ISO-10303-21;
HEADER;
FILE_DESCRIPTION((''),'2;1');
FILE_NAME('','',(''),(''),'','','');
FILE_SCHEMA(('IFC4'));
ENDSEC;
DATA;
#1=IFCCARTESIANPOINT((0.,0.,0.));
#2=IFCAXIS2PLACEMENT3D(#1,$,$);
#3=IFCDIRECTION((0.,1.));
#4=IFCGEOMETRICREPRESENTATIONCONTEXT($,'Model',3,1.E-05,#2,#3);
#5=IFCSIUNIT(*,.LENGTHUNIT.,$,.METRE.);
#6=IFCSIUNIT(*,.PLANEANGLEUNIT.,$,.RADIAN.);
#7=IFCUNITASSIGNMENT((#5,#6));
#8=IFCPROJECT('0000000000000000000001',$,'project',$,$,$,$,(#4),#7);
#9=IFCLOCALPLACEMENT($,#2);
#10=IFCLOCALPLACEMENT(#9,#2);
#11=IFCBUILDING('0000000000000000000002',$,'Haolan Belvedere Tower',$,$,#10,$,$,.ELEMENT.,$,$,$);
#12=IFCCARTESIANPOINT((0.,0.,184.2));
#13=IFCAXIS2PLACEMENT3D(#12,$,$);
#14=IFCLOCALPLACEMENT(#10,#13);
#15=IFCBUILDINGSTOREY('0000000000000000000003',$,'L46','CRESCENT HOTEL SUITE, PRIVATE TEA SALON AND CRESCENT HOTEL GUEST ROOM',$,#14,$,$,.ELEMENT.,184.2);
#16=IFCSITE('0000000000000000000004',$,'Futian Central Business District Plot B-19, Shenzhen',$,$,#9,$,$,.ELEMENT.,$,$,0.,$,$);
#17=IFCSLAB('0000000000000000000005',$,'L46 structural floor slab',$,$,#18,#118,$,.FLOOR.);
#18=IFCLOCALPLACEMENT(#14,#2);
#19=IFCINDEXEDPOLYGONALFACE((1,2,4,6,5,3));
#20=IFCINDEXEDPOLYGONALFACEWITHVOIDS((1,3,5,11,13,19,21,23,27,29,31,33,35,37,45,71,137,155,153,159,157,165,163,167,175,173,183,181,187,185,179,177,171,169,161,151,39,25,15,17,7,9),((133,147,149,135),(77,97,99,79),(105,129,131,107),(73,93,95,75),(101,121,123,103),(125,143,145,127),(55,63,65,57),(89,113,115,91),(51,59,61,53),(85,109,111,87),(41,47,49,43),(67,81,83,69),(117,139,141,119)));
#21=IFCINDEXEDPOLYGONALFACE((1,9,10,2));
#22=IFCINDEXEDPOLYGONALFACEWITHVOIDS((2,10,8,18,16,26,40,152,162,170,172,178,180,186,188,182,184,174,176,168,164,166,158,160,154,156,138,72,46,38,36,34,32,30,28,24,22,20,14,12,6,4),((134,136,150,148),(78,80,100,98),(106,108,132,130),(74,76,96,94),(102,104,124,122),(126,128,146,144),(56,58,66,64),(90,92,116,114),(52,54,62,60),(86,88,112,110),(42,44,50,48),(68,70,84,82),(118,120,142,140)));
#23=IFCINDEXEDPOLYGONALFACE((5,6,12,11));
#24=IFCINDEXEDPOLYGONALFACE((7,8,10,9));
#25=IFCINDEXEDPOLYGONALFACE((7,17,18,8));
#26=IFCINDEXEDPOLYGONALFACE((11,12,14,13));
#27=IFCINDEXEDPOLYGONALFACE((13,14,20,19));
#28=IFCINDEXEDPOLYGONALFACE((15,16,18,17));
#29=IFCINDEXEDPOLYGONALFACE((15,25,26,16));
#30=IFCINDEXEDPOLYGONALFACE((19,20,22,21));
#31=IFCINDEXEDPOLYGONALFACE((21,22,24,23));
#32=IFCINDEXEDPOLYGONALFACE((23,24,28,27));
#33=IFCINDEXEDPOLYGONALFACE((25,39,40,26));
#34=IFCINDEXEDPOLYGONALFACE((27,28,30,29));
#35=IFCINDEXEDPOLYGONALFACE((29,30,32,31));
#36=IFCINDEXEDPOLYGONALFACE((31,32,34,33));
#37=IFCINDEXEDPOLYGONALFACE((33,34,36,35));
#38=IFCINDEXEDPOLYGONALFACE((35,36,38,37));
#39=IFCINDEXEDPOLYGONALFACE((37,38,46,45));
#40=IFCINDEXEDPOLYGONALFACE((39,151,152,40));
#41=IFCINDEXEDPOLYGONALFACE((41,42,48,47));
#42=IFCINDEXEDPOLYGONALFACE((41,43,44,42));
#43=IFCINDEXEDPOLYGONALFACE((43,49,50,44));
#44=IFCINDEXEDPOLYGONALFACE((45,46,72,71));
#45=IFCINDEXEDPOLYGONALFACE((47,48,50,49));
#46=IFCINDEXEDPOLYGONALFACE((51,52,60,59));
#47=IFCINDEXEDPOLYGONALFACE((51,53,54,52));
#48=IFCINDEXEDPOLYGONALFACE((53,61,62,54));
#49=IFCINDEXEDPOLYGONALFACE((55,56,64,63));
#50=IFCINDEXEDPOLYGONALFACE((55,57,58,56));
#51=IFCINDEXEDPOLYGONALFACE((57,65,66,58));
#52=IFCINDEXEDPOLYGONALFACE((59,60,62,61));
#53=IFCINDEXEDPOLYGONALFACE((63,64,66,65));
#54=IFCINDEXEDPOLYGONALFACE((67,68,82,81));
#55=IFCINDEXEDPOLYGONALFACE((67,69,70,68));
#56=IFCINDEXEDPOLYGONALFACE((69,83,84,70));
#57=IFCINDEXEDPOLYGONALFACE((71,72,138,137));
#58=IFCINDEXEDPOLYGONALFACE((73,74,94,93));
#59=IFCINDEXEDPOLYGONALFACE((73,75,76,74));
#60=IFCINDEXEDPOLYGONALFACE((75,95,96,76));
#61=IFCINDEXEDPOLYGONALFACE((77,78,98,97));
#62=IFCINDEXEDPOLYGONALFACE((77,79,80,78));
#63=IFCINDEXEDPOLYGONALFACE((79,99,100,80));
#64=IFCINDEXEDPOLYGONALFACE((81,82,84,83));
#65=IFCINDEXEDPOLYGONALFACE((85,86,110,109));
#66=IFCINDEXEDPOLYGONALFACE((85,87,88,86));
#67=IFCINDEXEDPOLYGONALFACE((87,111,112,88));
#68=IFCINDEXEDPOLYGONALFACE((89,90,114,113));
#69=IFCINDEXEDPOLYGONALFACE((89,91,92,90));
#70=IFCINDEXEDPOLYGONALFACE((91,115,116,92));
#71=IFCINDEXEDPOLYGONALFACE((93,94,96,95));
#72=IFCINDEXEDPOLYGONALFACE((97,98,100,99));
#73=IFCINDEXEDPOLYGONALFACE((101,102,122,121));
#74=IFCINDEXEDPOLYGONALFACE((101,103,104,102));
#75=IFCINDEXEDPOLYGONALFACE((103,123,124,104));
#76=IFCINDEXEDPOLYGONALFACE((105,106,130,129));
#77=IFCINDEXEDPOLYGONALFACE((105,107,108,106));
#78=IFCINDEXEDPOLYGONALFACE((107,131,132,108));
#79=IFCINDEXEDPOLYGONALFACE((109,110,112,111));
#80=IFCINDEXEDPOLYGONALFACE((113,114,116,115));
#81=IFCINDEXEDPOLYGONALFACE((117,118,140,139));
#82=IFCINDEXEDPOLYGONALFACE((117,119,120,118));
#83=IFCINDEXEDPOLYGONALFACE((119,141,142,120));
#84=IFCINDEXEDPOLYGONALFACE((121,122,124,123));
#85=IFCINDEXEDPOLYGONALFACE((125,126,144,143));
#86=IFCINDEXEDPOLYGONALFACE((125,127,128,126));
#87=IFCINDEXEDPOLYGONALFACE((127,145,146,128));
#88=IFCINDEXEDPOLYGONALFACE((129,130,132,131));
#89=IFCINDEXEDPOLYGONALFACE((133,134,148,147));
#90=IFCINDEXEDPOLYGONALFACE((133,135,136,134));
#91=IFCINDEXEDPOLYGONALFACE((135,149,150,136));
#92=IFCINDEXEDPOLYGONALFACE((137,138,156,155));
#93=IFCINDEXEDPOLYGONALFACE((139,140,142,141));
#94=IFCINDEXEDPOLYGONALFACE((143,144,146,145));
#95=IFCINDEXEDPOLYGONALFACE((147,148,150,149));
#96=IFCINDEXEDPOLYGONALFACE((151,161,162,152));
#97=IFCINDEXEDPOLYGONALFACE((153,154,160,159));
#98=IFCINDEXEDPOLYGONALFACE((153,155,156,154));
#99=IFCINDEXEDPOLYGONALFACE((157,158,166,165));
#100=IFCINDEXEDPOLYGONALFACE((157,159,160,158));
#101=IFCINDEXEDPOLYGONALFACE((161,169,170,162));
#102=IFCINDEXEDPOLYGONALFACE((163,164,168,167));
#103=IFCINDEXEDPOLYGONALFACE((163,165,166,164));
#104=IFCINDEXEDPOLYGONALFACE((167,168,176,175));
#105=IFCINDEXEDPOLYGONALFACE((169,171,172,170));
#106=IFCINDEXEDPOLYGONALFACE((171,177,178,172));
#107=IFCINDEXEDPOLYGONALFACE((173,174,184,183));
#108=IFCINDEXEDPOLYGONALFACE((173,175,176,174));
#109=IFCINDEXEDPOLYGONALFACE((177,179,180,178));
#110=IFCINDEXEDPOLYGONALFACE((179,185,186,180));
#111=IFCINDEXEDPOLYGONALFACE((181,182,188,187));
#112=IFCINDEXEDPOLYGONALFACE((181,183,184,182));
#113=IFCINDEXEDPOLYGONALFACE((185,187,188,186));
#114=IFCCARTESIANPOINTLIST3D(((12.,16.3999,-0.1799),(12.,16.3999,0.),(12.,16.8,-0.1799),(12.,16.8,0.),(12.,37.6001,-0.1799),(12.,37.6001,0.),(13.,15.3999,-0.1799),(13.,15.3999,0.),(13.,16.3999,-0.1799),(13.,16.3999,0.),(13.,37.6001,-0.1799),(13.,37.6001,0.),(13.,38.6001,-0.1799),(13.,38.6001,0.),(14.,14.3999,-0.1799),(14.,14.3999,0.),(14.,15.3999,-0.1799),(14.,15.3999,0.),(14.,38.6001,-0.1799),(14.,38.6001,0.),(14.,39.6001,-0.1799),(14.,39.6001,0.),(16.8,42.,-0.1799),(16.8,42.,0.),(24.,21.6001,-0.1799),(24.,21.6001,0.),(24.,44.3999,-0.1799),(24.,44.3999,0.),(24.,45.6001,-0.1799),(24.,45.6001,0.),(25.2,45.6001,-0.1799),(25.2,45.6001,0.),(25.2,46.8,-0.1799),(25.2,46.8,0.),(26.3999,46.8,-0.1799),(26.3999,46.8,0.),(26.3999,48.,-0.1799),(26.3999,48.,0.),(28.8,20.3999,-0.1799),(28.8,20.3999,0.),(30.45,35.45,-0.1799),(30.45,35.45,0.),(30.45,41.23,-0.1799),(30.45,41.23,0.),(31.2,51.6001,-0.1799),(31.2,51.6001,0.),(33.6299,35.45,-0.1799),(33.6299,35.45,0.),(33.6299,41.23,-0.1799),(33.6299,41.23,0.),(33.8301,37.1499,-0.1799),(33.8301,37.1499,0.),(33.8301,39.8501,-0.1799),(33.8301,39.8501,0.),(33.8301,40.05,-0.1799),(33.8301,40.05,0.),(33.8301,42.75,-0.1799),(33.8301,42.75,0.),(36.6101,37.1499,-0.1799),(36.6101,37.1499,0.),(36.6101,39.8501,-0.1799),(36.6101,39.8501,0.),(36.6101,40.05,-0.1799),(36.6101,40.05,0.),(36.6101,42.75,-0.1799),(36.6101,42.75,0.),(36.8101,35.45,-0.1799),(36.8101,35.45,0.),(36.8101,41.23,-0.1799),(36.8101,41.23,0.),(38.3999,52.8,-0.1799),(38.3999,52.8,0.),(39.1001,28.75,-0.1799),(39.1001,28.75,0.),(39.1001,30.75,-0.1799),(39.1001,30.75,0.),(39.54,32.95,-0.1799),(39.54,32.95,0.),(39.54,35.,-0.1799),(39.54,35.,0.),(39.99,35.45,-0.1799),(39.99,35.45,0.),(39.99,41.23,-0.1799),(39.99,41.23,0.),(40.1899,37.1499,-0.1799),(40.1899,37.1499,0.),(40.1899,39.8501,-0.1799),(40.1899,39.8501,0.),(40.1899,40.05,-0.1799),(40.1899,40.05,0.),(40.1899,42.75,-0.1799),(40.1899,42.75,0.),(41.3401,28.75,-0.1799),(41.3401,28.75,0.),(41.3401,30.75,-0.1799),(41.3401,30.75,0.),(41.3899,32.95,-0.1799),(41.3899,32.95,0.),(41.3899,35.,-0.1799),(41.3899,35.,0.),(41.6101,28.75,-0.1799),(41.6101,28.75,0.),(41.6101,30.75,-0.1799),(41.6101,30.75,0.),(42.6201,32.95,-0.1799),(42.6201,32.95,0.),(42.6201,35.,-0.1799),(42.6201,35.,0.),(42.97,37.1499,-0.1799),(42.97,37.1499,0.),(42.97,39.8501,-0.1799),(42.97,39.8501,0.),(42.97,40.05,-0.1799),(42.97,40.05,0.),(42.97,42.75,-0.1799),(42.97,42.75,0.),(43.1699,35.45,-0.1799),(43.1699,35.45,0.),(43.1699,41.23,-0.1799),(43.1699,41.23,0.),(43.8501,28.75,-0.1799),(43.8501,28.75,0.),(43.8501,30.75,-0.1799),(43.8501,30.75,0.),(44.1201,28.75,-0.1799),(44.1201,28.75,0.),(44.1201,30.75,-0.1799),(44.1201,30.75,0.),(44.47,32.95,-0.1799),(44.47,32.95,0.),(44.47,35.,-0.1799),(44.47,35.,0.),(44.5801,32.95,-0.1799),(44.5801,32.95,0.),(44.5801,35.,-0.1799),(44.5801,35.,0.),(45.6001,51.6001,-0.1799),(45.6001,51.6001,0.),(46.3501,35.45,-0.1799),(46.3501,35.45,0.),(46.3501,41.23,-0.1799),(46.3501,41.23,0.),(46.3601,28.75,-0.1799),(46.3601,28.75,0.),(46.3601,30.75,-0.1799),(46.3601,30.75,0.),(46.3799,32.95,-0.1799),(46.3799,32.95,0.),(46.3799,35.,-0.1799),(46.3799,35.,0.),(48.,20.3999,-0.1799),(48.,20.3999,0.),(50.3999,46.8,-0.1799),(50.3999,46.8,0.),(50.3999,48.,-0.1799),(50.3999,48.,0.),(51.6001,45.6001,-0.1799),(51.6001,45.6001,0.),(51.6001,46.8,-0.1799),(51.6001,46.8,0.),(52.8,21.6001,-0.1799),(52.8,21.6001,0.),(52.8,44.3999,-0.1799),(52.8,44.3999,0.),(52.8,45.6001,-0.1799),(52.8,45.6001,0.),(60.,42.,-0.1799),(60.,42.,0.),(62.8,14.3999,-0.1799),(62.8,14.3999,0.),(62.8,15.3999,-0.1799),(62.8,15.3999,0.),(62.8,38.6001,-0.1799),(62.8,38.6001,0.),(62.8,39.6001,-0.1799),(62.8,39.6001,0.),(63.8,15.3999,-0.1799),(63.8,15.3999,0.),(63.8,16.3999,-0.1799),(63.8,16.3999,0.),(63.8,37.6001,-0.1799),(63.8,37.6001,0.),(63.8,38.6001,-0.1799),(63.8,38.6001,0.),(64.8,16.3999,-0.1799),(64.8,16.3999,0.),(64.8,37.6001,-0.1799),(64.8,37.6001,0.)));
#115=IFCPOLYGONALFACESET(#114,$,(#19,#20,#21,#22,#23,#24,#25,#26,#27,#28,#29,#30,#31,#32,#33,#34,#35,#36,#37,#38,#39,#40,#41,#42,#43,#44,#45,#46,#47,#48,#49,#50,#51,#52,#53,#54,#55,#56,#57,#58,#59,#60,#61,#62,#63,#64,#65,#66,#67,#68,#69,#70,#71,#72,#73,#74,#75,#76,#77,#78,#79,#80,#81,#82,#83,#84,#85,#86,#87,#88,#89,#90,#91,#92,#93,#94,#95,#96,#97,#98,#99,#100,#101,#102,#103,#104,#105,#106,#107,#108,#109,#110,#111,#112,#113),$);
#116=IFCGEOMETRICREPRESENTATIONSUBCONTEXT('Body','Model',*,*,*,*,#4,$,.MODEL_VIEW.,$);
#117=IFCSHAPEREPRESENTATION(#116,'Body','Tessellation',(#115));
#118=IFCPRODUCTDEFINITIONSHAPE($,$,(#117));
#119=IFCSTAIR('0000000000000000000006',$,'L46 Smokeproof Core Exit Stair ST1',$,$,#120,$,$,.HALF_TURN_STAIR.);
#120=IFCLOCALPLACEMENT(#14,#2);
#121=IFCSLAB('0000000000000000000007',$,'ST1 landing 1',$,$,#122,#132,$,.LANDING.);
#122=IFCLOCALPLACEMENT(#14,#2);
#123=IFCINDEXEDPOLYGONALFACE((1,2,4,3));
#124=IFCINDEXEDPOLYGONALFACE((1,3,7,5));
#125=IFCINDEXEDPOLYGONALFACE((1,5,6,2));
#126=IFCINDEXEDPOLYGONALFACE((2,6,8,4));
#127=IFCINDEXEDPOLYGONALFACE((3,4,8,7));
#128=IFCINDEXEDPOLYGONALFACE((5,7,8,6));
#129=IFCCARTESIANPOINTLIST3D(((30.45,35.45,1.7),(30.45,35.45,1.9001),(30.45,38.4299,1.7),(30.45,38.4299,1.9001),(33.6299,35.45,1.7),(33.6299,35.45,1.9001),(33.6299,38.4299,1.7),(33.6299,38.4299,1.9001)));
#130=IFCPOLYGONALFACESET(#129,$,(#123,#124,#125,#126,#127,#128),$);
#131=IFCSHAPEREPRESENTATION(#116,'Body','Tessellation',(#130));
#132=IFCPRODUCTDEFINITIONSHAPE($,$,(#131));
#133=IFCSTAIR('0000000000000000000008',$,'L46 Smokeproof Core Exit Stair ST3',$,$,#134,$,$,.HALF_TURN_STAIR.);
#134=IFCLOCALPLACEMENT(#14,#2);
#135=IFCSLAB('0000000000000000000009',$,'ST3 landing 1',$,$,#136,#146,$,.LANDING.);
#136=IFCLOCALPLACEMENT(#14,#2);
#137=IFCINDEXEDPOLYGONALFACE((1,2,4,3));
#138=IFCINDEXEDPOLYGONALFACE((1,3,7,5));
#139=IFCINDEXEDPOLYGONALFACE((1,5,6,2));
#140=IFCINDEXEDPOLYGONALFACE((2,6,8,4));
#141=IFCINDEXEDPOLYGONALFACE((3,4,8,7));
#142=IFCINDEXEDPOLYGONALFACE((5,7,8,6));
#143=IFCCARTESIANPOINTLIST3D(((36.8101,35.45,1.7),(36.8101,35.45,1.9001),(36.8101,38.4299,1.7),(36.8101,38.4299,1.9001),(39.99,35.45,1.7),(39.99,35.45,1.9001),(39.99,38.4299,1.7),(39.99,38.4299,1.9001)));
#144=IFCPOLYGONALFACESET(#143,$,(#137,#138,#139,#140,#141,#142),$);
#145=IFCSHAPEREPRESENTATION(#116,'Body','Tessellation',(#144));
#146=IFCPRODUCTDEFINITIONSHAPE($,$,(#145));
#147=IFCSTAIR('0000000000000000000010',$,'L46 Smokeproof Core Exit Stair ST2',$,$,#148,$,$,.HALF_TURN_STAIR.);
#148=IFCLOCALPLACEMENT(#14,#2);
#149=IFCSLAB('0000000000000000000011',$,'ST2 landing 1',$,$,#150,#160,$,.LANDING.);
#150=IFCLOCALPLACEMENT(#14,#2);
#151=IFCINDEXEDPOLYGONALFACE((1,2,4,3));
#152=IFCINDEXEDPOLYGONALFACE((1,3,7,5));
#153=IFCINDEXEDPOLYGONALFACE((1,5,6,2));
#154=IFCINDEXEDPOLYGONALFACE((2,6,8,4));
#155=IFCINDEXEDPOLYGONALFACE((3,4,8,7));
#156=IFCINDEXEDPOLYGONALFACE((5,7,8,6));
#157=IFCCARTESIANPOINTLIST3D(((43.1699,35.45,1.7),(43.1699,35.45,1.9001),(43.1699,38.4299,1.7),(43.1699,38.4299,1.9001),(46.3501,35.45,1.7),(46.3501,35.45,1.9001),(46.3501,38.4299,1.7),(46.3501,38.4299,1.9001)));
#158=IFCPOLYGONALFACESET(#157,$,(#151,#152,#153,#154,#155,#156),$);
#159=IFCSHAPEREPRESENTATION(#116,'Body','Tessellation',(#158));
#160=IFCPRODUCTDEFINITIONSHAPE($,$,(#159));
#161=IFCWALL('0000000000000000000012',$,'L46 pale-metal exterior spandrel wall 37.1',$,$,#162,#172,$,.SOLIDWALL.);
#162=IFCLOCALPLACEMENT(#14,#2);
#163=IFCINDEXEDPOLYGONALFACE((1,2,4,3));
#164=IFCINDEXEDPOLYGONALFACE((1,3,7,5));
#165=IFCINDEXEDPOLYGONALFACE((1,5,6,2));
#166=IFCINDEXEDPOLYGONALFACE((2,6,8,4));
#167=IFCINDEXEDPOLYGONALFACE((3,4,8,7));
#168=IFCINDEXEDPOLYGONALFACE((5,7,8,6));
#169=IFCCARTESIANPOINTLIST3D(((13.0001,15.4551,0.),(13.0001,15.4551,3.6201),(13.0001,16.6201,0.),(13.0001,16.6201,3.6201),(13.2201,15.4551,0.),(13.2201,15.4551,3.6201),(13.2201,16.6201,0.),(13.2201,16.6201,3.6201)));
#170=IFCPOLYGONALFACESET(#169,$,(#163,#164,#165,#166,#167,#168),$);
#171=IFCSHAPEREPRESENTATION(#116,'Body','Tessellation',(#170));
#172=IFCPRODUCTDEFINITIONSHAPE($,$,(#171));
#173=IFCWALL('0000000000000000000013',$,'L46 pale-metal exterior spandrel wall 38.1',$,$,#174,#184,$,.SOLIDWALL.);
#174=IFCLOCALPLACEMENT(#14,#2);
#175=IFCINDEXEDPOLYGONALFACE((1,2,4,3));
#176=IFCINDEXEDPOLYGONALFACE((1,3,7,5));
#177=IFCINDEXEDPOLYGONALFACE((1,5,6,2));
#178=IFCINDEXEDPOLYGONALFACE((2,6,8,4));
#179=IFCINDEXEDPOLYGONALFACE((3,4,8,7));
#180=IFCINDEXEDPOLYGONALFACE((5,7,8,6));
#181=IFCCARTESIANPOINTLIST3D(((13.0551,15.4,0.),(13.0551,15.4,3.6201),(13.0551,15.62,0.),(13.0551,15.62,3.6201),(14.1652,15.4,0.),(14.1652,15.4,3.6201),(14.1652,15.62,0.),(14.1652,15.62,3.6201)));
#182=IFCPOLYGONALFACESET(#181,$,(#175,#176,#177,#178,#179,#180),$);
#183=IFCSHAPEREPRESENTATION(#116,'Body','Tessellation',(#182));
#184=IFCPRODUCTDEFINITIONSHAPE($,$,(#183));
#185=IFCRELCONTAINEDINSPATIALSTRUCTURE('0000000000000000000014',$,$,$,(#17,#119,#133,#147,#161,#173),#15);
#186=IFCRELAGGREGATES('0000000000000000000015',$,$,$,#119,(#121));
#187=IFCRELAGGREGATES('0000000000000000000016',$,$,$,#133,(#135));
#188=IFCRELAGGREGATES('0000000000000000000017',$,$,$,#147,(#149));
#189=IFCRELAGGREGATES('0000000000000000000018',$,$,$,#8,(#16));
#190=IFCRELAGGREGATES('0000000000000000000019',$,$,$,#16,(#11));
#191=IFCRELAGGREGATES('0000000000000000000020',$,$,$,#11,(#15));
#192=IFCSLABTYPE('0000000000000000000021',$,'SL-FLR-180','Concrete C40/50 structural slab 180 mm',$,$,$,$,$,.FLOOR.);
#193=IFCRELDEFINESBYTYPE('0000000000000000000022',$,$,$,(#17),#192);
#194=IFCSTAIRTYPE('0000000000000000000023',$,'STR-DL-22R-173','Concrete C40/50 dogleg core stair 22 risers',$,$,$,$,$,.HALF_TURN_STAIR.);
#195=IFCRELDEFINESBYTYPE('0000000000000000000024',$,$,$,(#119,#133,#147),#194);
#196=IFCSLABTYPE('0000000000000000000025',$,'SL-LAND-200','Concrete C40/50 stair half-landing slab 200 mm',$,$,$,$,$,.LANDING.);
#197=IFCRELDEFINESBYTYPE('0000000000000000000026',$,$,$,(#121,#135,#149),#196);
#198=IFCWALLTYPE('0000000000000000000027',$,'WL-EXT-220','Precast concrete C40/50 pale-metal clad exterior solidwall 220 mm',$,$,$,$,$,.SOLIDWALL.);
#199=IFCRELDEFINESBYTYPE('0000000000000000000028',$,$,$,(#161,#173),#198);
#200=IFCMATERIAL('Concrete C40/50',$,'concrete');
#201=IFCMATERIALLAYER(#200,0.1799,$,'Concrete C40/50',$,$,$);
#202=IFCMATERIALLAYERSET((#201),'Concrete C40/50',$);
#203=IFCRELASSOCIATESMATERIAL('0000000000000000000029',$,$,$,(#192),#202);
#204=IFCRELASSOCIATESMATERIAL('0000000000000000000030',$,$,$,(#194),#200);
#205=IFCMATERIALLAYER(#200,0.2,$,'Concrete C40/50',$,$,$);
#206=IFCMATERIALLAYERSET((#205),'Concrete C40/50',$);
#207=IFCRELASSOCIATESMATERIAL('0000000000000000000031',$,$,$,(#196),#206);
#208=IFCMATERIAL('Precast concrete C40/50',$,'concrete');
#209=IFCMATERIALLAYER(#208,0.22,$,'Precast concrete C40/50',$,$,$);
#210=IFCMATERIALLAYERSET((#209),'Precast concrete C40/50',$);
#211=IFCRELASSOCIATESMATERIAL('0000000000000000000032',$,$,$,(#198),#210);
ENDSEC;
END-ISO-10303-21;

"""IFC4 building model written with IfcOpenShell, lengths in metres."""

from ifc_helpers import new_model, si_unit, direction, frame, frame_2d, origin, place, context, subcontext, project, spatial, polyline, rectangle, outline, extrude, material, layer, layer_set, type_object, element, aggregate, save


model = new_model("IFC4")

# Units and contexts
model_context = context("Model", 3, precision=1e-05, world=origin(), true_north=direction((0.0, 1.0)))
body_context = subcontext(model_context, "Body", "Model", "MODEL_VIEW")
ifc_project = project(units=[si_unit("LENGTHUNIT", "METRE"), si_unit("PLANEANGLEUNIT", "RADIAN")], contexts=[model_context])

# Site, building, storey
site_placement = place(None, origin())
site = spatial("IfcSite", under=ifc_project, at=site_placement, Name="Futian Central Business District Plot B-19, Shenzhen", CompositionType="ELEMENT", RefElevation=0.0)
building_placement = place(site_placement, origin())
building = spatial("IfcBuilding", under=site, at=building_placement, Name="Haolan Belvedere Tower", CompositionType="ELEMENT")
storey_placement = place(building_placement, frame((0.0, 0.0, 184.2)))
storey = spatial("IfcBuildingStorey", under=building, at=storey_placement, Name="L46", Description="CRESCENT HOTEL SUITE, PRIVATE TEA SALON AND CRESCENT HOTEL GUEST ROOM", CompositionType="ELEMENT", Elevation=184.2)

# Slab
ifc_material_1 = material(Name="Concrete C40/50", Category="concrete")
ifc_layer_1 = layer(ifc_material_1, 0.1799, Name="Concrete C40/50")
ifc_layer_set_1 = layer_set([ifc_layer_1], Name="Concrete C40/50")
slab_type_1 = type_object("IfcSlabType", Name="SL-FLR-180", Description="Concrete C40/50 structural slab 180 mm", PredefinedType="FLOOR", material=ifc_layer_set_1)
slab_1_placement = place(storey_placement, frame((0.0, 0.0, -0.1799)))
element("IfcSlab", 1, at=slab_1_placement, inside=storey, type_object=slab_type_1, Name="L46 structural floor slab", PredefinedType="FLOOR", context=body_context, shape_type="SweptSolid", body=[
    extrude(outline(polyline([(24.0, 21.6001), (28.8, 20.3999), (48.0, 20.3999), (52.8, 21.6001), (62.8, 14.3999), (62.8, 15.3999), (63.8, 15.3999), (63.8, 16.3999), (64.8, 16.3999), (64.8, 37.6001), (63.8, 37.6001), (63.8, 38.6001), (62.8, 38.6001), (62.8, 39.6001), (60.0, 42.0), (52.8, 44.3999), (52.8, 45.6001), (51.6001, 45.6001), (51.6001, 46.8), (50.3999, 46.8), (50.3999, 48.0), (45.6001, 51.6001), (38.3999, 52.8), (31.2, 51.6001), (26.3999, 48.0), (26.3999, 46.8), (25.2, 46.8), (25.2, 45.6001), (24.0, 45.6001), (24.0, 44.3999), (16.8, 42.0), (14.0, 39.6001), (14.0, 38.6001), (13.0, 38.6001), (13.0, 37.6001), (12.0, 37.6001), (12.0, 16.8), (12.0, 16.3999), (13.0, 16.3999), (13.0, 15.3999), (14.0, 15.3999), (14.0, 14.3999), (24.0, 21.6001)]), holes=[polyline([(30.45, 41.23), (30.45, 35.45), (33.6299, 35.45), (33.6299, 41.23), (30.45, 41.23)]), polyline([(36.8101, 41.23), (36.8101, 35.45), (39.99, 35.45), (39.99, 41.23), (36.8101, 41.23)]), polyline([(43.1699, 41.23), (43.1699, 35.45), (46.3501, 35.45), (46.3501, 41.23), (43.1699, 41.23)]), polyline([(33.8301, 40.05), (36.6101, 40.05), (36.6101, 42.75), (33.8301, 42.75), (33.8301, 40.05)]), polyline([(33.8301, 37.1499), (36.6101, 37.1499), (36.6101, 39.8501), (33.8301, 39.8501), (33.8301, 37.1499)]), polyline([(40.1899, 40.05), (42.97, 40.05), (42.97, 42.75), (40.1899, 42.75), (40.1899, 40.05)]), polyline([(40.1899, 37.1499), (42.97, 37.1499), (42.97, 39.8501), (40.1899, 39.8501), (40.1899, 37.1499)]), polyline([(39.54, 32.95), (41.3899, 32.95), (41.3899, 35.0), (39.54, 35.0), (39.54, 32.95)]), polyline([(42.6201, 32.95), (44.47, 32.95), (44.47, 35.0), (42.6201, 35.0), (42.6201, 32.95)]), polyline([(44.5801, 32.95), (46.3799, 32.95), (46.3799, 35.0), (44.5801, 35.0), (44.5801, 32.95)]), polyline([(39.1001, 28.75), (41.3401, 28.75), (41.3401, 30.75), (39.1001, 30.75), (39.1001, 28.75)]), polyline([(41.6101, 28.75), (43.8501, 28.75), (43.8501, 30.75), (41.6101, 30.75), (41.6101, 28.75)]), polyline([(44.1201, 28.75), (46.3601, 28.75), (46.3601, 30.75), (44.1201, 30.75), (44.1201, 28.75)])]), origin(), (0.0, 0.0, 1.0), 0.1799),
])

# Stairs, slabs
stair_type = type_object("IfcStairType", Name="STR-DL-22R-173", Description="Concrete C40/50 dogleg core stair 22 risers", PredefinedType="HALF_TURN_STAIR", material=ifc_material_1)
stair_1_placement = place(storey_placement, origin())
stair_1 = element("IfcStair", 2, at=stair_1_placement, inside=storey, type_object=stair_type, Name="L46 Smokeproof Core Exit Stair ST1", PredefinedType="HALF_TURN_STAIR")
ifc_layer_2 = layer(ifc_material_1, 0.2, Name="Concrete C40/50")
ifc_layer_set_2 = layer_set([ifc_layer_2], Name="Concrete C40/50")
slab_type_2 = type_object("IfcSlabType", Name="SL-LAND-200", Description="Concrete C40/50 stair half-landing slab 200 mm", PredefinedType="LANDING", material=ifc_layer_set_2)
slab_2_placement = place(storey_placement, frame((0.0, 0.0, 1.7)))
slab_2 = element("IfcSlab", 3, at=slab_2_placement, type_object=slab_type_2, Name="ST1 landing 1", PredefinedType="LANDING", context=body_context, shape_type="SweptSolid", body=[
    extrude(outline(polyline([(30.45, 38.4299), (30.45, 35.45), (33.6299, 35.45), (33.6299, 38.4299), (30.45, 38.4299)])), origin(), (0.0, 0.0, 1.0), 0.2002),
])
aggregate(stair_1, [slab_2])
stair_2_placement = place(storey_placement, origin())
stair_2 = element("IfcStair", 4, at=stair_2_placement, inside=storey, type_object=stair_type, Name="L46 Smokeproof Core Exit Stair ST3", PredefinedType="HALF_TURN_STAIR")
slab_3_placement = place(storey_placement, frame((0.0, 0.0, 1.7)))
slab_3 = element("IfcSlab", 5, at=slab_3_placement, type_object=slab_type_2, Name="ST3 landing 1", PredefinedType="LANDING", context=body_context, shape_type="SweptSolid", body=[
    extrude(outline(polyline([(36.8101, 38.4299), (36.8101, 35.45), (39.99, 35.45), (39.99, 38.4299), (36.8101, 38.4299)])), origin(), (0.0, 0.0, 1.0), 0.2002),
])
aggregate(stair_2, [slab_3])
stair_3_placement = place(storey_placement, origin())
stair_3 = element("IfcStair", 6, at=stair_3_placement, inside=storey, type_object=stair_type, Name="L46 Smokeproof Core Exit Stair ST2", PredefinedType="HALF_TURN_STAIR")
slab_4_placement = place(storey_placement, frame((0.0, 0.0, 1.7)))
slab_4 = element("IfcSlab", 7, at=slab_4_placement, type_object=slab_type_2, Name="ST2 landing 1", PredefinedType="LANDING", context=body_context, shape_type="SweptSolid", body=[
    extrude(outline(polyline([(43.1699, 38.4299), (43.1699, 35.45), (46.3501, 35.45), (46.3501, 38.4299), (43.1699, 38.4299)])), origin(), (0.0, 0.0, 1.0), 0.2002),
])
aggregate(stair_3, [slab_4])

# Walls
ifc_material_2 = material(Name="Precast concrete C40/50", Category="concrete")
ifc_layer_3 = layer(ifc_material_2, 0.22, Name="Precast concrete C40/50")
ifc_layer_set_3 = layer_set([ifc_layer_3], Name="Precast concrete C40/50")
wall_type_1 = type_object("IfcWallType", Name="WL-EXT-220", Description="Precast concrete C40/50 pale-metal clad exterior solidwall 220 mm", PredefinedType="SOLIDWALL", material=ifc_layer_set_3)
wall_1_placement = place(storey_placement, frame((13.1101, 16.6201, 0.0), z_axis=(0.0, 0.0, 1.0), x_axis=(0.0, -1.0, 0.0)))
element("IfcWall", 8, at=wall_1_placement, inside=storey, type_object=wall_type_1, Name="L46 pale-metal exterior spandrel wall 37.1", PredefinedType="SOLIDWALL", context=body_context, shape_type="SweptSolid", body=[
    extrude(rectangle(XDim=1.165, YDim=0.22, at=frame_2d((0.5825, 0.0))), origin(), (0.0, 0.0, 1.0), 3.6201),
])
wall_2_placement = place(storey_placement, frame((13.0549, 15.51, 0.0), z_axis=(0.0, 0.0, 1.0), x_axis=(1.0, 0.0, 0.0)))
element("IfcWall", 9, at=wall_2_placement, inside=storey, type_object=wall_type_1, Name="L46 pale-metal exterior spandrel wall 38.1", PredefinedType="SOLIDWALL", context=body_context, shape_type="SweptSolid", body=[
    extrude(rectangle(XDim=1.1101, YDim=0.22, at=frame_2d((0.5552, 0.0))), origin(), (0.0, 0.0, 1.0), 3.6201),
])

save(model, "model.ifc")
